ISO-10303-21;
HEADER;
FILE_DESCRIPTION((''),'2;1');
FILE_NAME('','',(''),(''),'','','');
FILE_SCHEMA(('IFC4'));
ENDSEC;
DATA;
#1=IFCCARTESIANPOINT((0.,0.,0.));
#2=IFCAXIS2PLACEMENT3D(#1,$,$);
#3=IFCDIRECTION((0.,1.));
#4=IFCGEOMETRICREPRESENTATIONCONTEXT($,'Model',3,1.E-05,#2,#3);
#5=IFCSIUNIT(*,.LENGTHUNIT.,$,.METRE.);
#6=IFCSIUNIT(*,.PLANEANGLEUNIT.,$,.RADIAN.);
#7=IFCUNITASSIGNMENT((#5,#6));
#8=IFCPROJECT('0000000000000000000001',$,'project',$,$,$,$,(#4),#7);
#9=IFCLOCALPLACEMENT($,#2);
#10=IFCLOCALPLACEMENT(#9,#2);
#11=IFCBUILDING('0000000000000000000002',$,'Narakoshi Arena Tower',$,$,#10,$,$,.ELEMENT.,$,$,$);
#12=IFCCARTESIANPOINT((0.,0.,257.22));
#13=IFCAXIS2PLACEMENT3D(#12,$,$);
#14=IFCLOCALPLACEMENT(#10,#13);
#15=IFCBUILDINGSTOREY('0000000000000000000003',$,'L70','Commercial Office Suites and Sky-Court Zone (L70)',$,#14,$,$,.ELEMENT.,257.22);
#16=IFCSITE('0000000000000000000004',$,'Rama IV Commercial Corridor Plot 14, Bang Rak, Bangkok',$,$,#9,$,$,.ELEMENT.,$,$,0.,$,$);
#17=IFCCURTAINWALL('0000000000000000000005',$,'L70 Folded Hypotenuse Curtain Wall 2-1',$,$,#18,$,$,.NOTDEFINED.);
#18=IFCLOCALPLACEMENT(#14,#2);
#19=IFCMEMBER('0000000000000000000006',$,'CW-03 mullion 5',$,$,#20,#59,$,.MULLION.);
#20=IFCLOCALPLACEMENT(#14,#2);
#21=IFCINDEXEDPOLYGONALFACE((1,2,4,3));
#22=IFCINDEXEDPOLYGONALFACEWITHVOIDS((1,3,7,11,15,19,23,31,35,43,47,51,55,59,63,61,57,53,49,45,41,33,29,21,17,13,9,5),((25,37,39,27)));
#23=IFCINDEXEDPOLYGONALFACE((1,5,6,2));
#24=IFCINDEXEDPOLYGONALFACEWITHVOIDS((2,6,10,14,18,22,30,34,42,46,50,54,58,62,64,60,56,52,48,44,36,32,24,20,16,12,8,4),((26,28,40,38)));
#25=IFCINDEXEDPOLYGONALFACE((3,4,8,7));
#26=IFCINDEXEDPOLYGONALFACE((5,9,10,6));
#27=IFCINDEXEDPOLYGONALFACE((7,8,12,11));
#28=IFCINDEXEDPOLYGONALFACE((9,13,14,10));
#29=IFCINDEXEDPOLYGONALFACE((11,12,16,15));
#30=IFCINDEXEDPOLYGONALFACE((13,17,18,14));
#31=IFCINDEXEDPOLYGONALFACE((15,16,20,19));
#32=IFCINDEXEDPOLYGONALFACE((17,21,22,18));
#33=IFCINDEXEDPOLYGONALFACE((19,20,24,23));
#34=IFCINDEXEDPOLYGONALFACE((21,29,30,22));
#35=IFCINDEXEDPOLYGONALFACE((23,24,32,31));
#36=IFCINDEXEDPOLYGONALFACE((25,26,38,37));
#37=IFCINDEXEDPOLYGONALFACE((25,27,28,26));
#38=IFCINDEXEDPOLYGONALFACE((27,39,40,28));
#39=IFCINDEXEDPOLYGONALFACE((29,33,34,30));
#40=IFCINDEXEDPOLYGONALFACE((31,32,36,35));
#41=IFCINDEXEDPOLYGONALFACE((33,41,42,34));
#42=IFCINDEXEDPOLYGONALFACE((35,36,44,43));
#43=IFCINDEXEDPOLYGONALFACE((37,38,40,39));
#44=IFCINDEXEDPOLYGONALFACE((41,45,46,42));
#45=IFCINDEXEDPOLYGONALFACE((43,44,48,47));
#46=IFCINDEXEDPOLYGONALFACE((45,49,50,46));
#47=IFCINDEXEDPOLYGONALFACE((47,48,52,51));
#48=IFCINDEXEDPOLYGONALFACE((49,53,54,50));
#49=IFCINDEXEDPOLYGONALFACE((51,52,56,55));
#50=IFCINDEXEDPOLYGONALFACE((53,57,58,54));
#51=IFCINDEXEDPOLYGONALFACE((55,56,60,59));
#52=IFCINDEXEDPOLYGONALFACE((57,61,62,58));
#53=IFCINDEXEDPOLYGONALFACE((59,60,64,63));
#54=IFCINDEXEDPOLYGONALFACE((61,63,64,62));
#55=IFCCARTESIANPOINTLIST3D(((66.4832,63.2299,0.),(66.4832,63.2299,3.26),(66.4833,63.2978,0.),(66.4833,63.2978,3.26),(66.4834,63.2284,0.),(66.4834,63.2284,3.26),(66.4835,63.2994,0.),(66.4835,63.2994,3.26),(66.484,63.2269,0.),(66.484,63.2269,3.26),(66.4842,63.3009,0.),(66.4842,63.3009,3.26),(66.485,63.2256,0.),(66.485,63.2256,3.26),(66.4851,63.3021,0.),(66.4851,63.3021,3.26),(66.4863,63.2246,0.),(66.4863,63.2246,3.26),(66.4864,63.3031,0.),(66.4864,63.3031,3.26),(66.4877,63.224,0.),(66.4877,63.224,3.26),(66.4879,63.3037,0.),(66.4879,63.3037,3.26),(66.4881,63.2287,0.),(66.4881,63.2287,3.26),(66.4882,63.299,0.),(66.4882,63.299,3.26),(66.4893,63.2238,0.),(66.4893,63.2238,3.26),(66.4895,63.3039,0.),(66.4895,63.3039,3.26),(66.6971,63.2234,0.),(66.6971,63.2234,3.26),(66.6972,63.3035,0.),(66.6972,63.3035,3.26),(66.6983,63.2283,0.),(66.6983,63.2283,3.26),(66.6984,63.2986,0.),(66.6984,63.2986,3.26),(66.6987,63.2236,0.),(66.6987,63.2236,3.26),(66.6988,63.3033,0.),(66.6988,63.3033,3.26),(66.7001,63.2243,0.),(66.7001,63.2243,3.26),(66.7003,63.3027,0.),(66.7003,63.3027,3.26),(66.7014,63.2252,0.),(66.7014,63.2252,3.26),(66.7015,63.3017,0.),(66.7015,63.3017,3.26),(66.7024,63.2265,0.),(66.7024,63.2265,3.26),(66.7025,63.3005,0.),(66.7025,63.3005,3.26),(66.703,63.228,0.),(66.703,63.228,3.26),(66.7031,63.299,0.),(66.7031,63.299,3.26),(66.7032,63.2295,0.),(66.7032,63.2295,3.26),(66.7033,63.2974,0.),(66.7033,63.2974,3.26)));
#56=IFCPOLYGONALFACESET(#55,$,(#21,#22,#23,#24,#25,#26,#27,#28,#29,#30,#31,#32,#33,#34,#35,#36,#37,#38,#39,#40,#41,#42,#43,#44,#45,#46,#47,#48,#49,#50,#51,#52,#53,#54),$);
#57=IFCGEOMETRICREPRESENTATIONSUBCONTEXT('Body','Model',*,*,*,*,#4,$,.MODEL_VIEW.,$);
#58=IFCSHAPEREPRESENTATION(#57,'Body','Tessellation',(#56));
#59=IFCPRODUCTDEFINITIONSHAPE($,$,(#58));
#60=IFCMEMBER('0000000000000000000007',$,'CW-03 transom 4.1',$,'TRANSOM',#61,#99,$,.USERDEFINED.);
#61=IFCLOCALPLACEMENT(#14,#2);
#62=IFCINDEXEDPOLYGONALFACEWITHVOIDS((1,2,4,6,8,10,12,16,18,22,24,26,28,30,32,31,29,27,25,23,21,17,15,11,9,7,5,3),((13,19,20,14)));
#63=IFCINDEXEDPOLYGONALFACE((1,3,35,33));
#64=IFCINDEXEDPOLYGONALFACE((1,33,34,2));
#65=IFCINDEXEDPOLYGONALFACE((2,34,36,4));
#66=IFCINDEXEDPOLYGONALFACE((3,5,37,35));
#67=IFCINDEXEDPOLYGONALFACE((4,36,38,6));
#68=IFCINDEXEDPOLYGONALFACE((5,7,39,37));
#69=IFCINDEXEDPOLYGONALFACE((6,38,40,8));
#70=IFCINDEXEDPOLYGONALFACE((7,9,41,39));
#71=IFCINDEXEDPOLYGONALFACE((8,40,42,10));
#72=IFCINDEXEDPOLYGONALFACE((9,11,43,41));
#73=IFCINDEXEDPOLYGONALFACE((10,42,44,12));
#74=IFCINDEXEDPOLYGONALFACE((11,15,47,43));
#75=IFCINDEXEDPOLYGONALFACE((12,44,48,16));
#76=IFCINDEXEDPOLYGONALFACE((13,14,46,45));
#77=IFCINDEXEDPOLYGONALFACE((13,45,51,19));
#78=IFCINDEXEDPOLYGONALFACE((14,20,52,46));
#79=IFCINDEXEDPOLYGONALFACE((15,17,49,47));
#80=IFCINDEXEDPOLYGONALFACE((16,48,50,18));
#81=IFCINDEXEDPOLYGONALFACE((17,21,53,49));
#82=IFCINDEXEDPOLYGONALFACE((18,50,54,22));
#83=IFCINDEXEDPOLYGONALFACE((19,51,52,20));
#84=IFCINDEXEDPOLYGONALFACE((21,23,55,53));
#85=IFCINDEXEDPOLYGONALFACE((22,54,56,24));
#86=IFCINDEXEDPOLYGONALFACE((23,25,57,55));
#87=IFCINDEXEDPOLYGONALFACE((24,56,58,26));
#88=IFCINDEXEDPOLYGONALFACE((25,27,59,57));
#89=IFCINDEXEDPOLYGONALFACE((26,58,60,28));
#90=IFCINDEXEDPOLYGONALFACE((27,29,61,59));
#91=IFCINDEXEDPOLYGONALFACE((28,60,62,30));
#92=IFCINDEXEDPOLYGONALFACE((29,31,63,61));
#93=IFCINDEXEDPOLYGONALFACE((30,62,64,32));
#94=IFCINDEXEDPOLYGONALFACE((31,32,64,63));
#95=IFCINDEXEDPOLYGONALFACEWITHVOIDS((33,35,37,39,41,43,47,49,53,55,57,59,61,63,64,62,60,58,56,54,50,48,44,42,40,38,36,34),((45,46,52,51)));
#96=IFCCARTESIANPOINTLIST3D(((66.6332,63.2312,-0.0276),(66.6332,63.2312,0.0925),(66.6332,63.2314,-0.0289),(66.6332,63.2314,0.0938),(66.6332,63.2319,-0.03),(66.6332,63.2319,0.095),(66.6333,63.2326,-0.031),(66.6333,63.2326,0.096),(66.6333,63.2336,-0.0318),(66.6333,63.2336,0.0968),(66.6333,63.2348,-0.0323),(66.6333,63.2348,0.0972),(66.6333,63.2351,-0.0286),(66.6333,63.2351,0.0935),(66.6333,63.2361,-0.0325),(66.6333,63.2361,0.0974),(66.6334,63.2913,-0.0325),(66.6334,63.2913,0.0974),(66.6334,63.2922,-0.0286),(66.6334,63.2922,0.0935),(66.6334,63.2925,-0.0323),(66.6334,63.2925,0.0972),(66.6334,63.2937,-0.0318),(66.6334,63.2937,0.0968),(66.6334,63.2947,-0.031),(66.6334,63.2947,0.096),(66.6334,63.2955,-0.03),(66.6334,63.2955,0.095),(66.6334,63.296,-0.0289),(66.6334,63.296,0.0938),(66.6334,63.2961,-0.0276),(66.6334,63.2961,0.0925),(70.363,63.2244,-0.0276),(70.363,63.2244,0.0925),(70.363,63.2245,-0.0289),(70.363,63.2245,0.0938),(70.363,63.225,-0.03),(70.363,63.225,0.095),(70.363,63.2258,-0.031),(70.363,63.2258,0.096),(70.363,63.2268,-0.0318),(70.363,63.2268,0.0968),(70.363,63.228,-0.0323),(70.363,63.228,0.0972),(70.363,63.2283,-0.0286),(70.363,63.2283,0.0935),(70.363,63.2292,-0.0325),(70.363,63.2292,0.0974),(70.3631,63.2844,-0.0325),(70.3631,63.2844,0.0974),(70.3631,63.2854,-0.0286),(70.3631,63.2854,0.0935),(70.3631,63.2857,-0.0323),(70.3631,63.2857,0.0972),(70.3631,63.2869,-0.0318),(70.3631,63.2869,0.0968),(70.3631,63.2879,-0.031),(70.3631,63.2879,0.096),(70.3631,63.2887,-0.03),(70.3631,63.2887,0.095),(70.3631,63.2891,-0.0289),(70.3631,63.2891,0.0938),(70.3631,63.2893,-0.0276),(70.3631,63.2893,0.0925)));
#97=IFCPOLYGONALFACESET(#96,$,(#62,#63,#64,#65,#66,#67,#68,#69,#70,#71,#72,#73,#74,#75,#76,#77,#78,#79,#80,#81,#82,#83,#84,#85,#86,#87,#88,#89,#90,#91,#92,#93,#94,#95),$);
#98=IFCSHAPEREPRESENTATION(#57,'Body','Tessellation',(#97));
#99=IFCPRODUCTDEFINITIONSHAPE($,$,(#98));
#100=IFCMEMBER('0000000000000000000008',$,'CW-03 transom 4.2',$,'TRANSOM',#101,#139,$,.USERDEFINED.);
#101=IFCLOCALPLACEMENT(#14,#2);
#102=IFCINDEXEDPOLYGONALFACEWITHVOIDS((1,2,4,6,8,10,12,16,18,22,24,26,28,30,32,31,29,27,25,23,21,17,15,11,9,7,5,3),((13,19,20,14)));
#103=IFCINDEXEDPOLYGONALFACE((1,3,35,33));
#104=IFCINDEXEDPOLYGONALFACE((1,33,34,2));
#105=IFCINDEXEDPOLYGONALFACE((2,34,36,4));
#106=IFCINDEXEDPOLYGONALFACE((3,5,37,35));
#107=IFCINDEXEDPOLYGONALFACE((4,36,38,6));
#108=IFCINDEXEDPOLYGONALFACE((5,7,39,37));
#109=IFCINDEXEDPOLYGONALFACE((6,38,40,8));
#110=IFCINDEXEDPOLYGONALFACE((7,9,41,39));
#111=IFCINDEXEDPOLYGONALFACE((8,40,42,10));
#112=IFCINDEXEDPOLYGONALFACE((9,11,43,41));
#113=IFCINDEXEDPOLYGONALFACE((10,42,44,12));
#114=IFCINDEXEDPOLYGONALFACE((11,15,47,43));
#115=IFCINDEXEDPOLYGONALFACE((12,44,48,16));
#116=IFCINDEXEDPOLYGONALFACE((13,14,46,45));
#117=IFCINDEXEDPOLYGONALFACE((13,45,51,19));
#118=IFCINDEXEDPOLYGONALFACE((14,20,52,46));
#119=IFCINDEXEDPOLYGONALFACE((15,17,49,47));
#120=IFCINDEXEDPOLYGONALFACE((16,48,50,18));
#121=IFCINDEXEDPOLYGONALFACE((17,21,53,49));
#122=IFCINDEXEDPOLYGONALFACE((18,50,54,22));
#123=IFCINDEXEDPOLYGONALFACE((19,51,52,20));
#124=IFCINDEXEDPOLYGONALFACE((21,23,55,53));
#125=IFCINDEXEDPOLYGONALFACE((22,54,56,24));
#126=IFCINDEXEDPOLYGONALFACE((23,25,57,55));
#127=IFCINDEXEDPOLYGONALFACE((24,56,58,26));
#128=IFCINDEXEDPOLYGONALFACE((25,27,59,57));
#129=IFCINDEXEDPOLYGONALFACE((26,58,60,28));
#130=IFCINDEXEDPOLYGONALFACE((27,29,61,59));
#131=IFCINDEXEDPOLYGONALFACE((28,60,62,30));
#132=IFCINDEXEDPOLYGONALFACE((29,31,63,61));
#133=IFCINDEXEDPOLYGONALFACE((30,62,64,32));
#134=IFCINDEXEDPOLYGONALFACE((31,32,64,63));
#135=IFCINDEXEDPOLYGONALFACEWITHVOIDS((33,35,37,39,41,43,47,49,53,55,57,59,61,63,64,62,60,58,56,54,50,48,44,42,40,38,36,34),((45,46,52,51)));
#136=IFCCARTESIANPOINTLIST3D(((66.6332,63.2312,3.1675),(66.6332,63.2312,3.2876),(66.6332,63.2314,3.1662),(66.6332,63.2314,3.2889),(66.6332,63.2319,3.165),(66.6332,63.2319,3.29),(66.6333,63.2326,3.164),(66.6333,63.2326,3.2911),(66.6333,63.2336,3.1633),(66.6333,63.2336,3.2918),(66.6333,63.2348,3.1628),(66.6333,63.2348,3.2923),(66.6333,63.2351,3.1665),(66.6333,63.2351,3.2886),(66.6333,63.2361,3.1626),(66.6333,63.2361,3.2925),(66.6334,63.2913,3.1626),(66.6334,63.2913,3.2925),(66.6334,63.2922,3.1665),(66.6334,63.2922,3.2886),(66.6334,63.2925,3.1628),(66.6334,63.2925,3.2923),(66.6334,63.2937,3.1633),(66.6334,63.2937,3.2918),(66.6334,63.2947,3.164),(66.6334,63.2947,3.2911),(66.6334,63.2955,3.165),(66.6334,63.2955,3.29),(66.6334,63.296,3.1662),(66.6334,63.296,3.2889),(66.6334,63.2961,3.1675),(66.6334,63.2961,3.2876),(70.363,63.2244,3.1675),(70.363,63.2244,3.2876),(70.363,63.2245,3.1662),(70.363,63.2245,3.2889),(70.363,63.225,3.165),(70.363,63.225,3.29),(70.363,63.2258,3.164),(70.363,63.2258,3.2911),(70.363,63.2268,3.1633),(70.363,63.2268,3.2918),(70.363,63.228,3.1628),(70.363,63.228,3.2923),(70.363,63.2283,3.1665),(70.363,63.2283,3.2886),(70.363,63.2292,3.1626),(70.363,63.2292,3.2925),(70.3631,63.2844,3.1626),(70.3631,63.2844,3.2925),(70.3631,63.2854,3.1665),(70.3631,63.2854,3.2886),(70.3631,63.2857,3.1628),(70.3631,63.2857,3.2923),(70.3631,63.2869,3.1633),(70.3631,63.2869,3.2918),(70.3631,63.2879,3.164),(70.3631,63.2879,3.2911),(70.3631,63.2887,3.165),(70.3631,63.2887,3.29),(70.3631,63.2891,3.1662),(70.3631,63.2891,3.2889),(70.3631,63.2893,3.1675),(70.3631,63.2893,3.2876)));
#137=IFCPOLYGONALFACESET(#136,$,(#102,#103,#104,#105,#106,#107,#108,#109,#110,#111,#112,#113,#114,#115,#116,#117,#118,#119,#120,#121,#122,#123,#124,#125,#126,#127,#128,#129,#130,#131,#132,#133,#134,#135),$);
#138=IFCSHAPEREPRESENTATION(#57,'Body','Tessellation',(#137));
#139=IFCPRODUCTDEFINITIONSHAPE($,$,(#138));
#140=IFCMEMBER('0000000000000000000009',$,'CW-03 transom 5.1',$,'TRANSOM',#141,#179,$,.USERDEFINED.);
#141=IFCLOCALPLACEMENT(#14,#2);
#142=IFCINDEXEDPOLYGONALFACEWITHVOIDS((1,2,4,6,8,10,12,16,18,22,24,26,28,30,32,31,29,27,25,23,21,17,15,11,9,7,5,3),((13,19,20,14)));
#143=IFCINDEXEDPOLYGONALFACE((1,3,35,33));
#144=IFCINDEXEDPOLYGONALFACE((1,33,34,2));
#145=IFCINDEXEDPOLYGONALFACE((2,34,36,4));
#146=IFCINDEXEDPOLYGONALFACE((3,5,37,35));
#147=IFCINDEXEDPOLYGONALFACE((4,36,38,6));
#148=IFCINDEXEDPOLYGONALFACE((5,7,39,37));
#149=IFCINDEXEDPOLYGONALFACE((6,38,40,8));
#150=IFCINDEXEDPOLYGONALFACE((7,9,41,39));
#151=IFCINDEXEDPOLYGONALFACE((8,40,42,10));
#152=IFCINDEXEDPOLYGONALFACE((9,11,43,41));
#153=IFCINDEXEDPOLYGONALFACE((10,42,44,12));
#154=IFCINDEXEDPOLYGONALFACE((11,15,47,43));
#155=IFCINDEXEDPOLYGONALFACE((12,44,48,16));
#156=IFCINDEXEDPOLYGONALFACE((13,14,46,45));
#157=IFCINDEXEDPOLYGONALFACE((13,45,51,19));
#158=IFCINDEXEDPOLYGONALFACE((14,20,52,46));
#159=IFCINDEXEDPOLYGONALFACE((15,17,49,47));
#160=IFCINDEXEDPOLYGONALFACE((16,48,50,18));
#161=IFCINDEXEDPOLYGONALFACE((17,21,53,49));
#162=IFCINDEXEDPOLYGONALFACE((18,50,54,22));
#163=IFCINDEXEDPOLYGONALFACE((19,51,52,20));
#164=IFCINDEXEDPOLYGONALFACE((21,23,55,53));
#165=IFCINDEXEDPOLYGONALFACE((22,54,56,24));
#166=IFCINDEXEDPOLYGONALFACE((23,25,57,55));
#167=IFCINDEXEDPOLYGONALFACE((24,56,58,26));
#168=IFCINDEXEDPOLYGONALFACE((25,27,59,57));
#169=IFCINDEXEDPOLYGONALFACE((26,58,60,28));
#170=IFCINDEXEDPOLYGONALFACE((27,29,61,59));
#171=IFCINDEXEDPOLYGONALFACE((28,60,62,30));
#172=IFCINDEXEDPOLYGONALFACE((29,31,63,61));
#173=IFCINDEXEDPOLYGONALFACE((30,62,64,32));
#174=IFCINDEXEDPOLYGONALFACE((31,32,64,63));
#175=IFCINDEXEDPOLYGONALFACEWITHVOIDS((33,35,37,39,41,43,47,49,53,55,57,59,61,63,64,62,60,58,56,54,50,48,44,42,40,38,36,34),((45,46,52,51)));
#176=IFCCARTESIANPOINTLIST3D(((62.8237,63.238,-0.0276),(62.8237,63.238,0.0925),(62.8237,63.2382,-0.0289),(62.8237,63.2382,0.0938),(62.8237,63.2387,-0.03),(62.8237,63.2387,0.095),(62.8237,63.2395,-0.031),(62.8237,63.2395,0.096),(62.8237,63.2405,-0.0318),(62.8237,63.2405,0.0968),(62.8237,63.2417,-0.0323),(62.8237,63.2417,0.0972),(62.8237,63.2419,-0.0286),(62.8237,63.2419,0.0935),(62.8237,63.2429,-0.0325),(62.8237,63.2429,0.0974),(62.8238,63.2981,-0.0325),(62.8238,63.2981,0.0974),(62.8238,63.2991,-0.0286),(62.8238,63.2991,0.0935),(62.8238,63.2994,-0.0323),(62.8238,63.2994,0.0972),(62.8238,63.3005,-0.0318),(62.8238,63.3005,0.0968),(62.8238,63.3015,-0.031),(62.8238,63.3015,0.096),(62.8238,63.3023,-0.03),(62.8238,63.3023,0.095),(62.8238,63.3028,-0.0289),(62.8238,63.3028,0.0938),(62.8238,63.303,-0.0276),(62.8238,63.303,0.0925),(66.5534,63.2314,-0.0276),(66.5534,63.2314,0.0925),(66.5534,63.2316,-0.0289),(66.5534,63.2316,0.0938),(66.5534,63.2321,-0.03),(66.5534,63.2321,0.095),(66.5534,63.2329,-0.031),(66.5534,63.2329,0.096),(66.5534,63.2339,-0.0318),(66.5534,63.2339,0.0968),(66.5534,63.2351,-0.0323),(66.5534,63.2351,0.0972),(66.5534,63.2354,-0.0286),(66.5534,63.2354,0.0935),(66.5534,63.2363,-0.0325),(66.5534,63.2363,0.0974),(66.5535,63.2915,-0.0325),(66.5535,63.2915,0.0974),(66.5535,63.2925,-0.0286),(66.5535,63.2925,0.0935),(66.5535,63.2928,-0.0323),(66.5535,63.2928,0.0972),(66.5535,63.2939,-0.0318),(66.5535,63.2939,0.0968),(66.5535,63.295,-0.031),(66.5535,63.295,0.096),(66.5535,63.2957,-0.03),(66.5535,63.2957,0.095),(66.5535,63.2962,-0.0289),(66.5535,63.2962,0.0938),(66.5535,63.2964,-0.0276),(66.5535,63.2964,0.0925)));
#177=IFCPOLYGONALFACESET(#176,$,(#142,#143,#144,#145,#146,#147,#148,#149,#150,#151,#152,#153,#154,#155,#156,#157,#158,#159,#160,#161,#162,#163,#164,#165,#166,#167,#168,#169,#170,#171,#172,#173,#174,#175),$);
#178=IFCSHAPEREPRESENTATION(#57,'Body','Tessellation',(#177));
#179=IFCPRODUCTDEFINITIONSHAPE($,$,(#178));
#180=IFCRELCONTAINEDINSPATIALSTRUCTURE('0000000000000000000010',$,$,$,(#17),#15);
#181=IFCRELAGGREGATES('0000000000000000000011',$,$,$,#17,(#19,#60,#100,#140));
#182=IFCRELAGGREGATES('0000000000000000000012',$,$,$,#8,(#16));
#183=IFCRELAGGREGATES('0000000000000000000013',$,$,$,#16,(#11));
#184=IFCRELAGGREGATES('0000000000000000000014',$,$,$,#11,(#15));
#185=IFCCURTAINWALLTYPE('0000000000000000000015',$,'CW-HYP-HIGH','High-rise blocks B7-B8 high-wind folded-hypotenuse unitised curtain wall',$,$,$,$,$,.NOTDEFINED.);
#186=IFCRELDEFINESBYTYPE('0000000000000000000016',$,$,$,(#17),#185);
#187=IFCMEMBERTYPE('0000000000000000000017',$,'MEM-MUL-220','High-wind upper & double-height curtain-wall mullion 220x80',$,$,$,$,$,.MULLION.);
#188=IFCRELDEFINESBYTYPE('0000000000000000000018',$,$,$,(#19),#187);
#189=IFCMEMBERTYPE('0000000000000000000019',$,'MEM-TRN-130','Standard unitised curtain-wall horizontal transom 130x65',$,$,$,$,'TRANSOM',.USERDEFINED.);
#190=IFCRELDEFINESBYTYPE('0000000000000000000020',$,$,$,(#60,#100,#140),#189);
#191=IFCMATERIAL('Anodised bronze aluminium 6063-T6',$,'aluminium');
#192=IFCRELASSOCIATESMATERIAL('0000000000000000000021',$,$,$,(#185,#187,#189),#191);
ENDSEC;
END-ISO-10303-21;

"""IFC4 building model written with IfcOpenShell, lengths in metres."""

from ifc_helpers import new_model, si_unit, direction, frame, origin, origin_2d, place, context, subcontext, project, spatial, hollow_rectangle, extrude, material, material_profile, profile_set, type_object, element, aggregate, save


model = new_model("IFC4")

# Units and contexts
model_context = context("Model", 3, precision=1e-05, world=origin(), true_north=direction((0.0, 1.0)))
body_context = subcontext(model_context, "Body", "Model", "MODEL_VIEW")
ifc_project = project(units=[si_unit("LENGTHUNIT", "METRE"), si_unit("PLANEANGLEUNIT", "RADIAN")], contexts=[model_context])

# Site, building, storey
site_placement = place(None, origin())
site = spatial("IfcSite", under=ifc_project, at=site_placement, Name="Rama IV Commercial Corridor Plot 14, Bang Rak, Bangkok", CompositionType="ELEMENT", RefElevation=0.0)
building_placement = place(site_placement, origin())
building = spatial("IfcBuilding", under=site, at=building_placement, Name="Narakoshi Arena Tower", CompositionType="ELEMENT")
storey_placement = place(building_placement, frame((0.0, 0.0, 257.22)))
storey = spatial("IfcBuildingStorey", under=building, at=storey_placement, Name="L70", Description="Commercial Office Suites and Sky-Court Zone (L70)", CompositionType="ELEMENT", Elevation=257.22)

# Curtain wall, members
ifc_material_1 = material(Name="Anodised bronze aluminium 6063-T6", Category="aluminium")
curtain_wall_type = type_object("IfcCurtainWallType", Name="CW-HYP-HIGH", Description="High-rise blocks B7-B8 high-wind folded-hypotenuse unitised curtain wall", PredefinedType="NOTDEFINED", material=ifc_material_1)
curtain_wall_placement = place(storey_placement, origin())
curtain_wall = element("IfcCurtainWall", 1, at=curtain_wall_placement, inside=storey, type_object=curtain_wall_type, Name="L70 Folded Hypotenuse Curtain Wall 2-1", PredefinedType="NOTDEFINED")
ifc_material_profile_1 = material_profile(ifc_material_1, hollow_rectangle(XDim=0.0801, YDim=0.22, WallThickness=0.0049, OuterFilletRadius=0.0061, at=origin_2d()), Name="MUL220x80x5")
ifc_profile_set_1 = profile_set([ifc_material_profile_1], Name="Anodised bronze aluminium 6063-T6")
member_type_1 = type_object("IfcMemberType", Name="MEM-MUL-220", Description="High-wind upper & double-height curtain-wall mullion 220x80", PredefinedType="MULLION", material=ifc_profile_set_1)
member_1_placement = place(storey_placement, frame((66.5933, 63.2637, 0.0), z_axis=(0.0, 0.0, 1.0), x_axis=(-0.00182, -0.999998, 0.0)))
member_1 = element("IfcMember", 2, at=member_1_placement, type_object=member_type_1, Name="CW-03 mullion 5", PredefinedType="MULLION", context=body_context, shape_type="SweptSolid", body=[
    extrude(hollow_rectangle(XDim=0.0801, YDim=0.22, WallThickness=0.0049, OuterFilletRadius=0.0061, at=origin_2d()), origin(), (0.0, 0.0, 1.0), 3.26),
])
ifc_material_profile_2 = material_profile(ifc_material_1, hollow_rectangle(XDim=0.0649, YDim=0.1299, WallThickness=0.0039, OuterFilletRadius=0.0049, at=origin_2d()), Name="TRN130x65x4")
ifc_profile_set_2 = profile_set([ifc_material_profile_2], Name="Anodised bronze aluminium 6063-T6")
member_type_2 = type_object("IfcMemberType", Name="MEM-TRN-130", Description="Standard unitised curtain-wall horizontal transom 130x65", ElementType="TRANSOM", PredefinedType="USERDEFINED", material=ifc_profile_set_2)
member_2_placement = place(storey_placement, frame((70.363, 63.2568, 0.0325), z_axis=(-0.999998, 0.001833, 0.0), x_axis=(-0.001833, -0.999998, 0.0)))
member_2 = element("IfcMember", 3, at=member_2_placement, type_object=member_type_2, Name="CW-03 transom 4.1", ObjectType="TRANSOM", PredefinedType="USERDEFINED", context=body_context, shape_type="SweptSolid", body=[
    extrude(hollow_rectangle(XDim=0.0649, YDim=0.1299, WallThickness=0.0039, OuterFilletRadius=0.0049, at=origin_2d()), origin(), (0.0, 0.0, 1.0), 3.7297),
])
member_3_placement = place(storey_placement, frame((70.363, 63.2568, 3.2275), z_axis=(-0.999998, 0.001833, 0.0), x_axis=(-0.001833, -0.999998, 0.0)))
member_3 = element("IfcMember", 4, at=member_3_placement, type_object=member_type_2, Name="CW-03 transom 4.2", ObjectType="TRANSOM", PredefinedType="USERDEFINED", context=body_context, shape_type="SweptSolid", body=[
    extrude(hollow_rectangle(XDim=0.0649, YDim=0.1299, WallThickness=0.0039, OuterFilletRadius=0.0049, at=origin_2d()), origin(), (0.0, 0.0, 1.0), 3.7297),
])
member_4_placement = place(storey_placement, frame((66.5535, 63.2639, 0.0325), z_axis=(-0.999998, 0.001767, 0.0), x_axis=(-0.001767, -0.999998, 0.0)))
member_4 = element("IfcMember", 5, at=member_4_placement, type_object=member_type_2, Name="CW-03 transom 5.1", ObjectType="TRANSOM", PredefinedType="USERDEFINED", context=body_context, shape_type="SweptSolid", body=[
    extrude(hollow_rectangle(XDim=0.0649, YDim=0.1299, WallThickness=0.0039, OuterFilletRadius=0.0049, at=origin_2d()), origin(), (0.0, 0.0, 1.0), 3.7297),
])
aggregate(curtain_wall, [member_1, member_2, member_3, member_4])

save(model, "model.ifc")
